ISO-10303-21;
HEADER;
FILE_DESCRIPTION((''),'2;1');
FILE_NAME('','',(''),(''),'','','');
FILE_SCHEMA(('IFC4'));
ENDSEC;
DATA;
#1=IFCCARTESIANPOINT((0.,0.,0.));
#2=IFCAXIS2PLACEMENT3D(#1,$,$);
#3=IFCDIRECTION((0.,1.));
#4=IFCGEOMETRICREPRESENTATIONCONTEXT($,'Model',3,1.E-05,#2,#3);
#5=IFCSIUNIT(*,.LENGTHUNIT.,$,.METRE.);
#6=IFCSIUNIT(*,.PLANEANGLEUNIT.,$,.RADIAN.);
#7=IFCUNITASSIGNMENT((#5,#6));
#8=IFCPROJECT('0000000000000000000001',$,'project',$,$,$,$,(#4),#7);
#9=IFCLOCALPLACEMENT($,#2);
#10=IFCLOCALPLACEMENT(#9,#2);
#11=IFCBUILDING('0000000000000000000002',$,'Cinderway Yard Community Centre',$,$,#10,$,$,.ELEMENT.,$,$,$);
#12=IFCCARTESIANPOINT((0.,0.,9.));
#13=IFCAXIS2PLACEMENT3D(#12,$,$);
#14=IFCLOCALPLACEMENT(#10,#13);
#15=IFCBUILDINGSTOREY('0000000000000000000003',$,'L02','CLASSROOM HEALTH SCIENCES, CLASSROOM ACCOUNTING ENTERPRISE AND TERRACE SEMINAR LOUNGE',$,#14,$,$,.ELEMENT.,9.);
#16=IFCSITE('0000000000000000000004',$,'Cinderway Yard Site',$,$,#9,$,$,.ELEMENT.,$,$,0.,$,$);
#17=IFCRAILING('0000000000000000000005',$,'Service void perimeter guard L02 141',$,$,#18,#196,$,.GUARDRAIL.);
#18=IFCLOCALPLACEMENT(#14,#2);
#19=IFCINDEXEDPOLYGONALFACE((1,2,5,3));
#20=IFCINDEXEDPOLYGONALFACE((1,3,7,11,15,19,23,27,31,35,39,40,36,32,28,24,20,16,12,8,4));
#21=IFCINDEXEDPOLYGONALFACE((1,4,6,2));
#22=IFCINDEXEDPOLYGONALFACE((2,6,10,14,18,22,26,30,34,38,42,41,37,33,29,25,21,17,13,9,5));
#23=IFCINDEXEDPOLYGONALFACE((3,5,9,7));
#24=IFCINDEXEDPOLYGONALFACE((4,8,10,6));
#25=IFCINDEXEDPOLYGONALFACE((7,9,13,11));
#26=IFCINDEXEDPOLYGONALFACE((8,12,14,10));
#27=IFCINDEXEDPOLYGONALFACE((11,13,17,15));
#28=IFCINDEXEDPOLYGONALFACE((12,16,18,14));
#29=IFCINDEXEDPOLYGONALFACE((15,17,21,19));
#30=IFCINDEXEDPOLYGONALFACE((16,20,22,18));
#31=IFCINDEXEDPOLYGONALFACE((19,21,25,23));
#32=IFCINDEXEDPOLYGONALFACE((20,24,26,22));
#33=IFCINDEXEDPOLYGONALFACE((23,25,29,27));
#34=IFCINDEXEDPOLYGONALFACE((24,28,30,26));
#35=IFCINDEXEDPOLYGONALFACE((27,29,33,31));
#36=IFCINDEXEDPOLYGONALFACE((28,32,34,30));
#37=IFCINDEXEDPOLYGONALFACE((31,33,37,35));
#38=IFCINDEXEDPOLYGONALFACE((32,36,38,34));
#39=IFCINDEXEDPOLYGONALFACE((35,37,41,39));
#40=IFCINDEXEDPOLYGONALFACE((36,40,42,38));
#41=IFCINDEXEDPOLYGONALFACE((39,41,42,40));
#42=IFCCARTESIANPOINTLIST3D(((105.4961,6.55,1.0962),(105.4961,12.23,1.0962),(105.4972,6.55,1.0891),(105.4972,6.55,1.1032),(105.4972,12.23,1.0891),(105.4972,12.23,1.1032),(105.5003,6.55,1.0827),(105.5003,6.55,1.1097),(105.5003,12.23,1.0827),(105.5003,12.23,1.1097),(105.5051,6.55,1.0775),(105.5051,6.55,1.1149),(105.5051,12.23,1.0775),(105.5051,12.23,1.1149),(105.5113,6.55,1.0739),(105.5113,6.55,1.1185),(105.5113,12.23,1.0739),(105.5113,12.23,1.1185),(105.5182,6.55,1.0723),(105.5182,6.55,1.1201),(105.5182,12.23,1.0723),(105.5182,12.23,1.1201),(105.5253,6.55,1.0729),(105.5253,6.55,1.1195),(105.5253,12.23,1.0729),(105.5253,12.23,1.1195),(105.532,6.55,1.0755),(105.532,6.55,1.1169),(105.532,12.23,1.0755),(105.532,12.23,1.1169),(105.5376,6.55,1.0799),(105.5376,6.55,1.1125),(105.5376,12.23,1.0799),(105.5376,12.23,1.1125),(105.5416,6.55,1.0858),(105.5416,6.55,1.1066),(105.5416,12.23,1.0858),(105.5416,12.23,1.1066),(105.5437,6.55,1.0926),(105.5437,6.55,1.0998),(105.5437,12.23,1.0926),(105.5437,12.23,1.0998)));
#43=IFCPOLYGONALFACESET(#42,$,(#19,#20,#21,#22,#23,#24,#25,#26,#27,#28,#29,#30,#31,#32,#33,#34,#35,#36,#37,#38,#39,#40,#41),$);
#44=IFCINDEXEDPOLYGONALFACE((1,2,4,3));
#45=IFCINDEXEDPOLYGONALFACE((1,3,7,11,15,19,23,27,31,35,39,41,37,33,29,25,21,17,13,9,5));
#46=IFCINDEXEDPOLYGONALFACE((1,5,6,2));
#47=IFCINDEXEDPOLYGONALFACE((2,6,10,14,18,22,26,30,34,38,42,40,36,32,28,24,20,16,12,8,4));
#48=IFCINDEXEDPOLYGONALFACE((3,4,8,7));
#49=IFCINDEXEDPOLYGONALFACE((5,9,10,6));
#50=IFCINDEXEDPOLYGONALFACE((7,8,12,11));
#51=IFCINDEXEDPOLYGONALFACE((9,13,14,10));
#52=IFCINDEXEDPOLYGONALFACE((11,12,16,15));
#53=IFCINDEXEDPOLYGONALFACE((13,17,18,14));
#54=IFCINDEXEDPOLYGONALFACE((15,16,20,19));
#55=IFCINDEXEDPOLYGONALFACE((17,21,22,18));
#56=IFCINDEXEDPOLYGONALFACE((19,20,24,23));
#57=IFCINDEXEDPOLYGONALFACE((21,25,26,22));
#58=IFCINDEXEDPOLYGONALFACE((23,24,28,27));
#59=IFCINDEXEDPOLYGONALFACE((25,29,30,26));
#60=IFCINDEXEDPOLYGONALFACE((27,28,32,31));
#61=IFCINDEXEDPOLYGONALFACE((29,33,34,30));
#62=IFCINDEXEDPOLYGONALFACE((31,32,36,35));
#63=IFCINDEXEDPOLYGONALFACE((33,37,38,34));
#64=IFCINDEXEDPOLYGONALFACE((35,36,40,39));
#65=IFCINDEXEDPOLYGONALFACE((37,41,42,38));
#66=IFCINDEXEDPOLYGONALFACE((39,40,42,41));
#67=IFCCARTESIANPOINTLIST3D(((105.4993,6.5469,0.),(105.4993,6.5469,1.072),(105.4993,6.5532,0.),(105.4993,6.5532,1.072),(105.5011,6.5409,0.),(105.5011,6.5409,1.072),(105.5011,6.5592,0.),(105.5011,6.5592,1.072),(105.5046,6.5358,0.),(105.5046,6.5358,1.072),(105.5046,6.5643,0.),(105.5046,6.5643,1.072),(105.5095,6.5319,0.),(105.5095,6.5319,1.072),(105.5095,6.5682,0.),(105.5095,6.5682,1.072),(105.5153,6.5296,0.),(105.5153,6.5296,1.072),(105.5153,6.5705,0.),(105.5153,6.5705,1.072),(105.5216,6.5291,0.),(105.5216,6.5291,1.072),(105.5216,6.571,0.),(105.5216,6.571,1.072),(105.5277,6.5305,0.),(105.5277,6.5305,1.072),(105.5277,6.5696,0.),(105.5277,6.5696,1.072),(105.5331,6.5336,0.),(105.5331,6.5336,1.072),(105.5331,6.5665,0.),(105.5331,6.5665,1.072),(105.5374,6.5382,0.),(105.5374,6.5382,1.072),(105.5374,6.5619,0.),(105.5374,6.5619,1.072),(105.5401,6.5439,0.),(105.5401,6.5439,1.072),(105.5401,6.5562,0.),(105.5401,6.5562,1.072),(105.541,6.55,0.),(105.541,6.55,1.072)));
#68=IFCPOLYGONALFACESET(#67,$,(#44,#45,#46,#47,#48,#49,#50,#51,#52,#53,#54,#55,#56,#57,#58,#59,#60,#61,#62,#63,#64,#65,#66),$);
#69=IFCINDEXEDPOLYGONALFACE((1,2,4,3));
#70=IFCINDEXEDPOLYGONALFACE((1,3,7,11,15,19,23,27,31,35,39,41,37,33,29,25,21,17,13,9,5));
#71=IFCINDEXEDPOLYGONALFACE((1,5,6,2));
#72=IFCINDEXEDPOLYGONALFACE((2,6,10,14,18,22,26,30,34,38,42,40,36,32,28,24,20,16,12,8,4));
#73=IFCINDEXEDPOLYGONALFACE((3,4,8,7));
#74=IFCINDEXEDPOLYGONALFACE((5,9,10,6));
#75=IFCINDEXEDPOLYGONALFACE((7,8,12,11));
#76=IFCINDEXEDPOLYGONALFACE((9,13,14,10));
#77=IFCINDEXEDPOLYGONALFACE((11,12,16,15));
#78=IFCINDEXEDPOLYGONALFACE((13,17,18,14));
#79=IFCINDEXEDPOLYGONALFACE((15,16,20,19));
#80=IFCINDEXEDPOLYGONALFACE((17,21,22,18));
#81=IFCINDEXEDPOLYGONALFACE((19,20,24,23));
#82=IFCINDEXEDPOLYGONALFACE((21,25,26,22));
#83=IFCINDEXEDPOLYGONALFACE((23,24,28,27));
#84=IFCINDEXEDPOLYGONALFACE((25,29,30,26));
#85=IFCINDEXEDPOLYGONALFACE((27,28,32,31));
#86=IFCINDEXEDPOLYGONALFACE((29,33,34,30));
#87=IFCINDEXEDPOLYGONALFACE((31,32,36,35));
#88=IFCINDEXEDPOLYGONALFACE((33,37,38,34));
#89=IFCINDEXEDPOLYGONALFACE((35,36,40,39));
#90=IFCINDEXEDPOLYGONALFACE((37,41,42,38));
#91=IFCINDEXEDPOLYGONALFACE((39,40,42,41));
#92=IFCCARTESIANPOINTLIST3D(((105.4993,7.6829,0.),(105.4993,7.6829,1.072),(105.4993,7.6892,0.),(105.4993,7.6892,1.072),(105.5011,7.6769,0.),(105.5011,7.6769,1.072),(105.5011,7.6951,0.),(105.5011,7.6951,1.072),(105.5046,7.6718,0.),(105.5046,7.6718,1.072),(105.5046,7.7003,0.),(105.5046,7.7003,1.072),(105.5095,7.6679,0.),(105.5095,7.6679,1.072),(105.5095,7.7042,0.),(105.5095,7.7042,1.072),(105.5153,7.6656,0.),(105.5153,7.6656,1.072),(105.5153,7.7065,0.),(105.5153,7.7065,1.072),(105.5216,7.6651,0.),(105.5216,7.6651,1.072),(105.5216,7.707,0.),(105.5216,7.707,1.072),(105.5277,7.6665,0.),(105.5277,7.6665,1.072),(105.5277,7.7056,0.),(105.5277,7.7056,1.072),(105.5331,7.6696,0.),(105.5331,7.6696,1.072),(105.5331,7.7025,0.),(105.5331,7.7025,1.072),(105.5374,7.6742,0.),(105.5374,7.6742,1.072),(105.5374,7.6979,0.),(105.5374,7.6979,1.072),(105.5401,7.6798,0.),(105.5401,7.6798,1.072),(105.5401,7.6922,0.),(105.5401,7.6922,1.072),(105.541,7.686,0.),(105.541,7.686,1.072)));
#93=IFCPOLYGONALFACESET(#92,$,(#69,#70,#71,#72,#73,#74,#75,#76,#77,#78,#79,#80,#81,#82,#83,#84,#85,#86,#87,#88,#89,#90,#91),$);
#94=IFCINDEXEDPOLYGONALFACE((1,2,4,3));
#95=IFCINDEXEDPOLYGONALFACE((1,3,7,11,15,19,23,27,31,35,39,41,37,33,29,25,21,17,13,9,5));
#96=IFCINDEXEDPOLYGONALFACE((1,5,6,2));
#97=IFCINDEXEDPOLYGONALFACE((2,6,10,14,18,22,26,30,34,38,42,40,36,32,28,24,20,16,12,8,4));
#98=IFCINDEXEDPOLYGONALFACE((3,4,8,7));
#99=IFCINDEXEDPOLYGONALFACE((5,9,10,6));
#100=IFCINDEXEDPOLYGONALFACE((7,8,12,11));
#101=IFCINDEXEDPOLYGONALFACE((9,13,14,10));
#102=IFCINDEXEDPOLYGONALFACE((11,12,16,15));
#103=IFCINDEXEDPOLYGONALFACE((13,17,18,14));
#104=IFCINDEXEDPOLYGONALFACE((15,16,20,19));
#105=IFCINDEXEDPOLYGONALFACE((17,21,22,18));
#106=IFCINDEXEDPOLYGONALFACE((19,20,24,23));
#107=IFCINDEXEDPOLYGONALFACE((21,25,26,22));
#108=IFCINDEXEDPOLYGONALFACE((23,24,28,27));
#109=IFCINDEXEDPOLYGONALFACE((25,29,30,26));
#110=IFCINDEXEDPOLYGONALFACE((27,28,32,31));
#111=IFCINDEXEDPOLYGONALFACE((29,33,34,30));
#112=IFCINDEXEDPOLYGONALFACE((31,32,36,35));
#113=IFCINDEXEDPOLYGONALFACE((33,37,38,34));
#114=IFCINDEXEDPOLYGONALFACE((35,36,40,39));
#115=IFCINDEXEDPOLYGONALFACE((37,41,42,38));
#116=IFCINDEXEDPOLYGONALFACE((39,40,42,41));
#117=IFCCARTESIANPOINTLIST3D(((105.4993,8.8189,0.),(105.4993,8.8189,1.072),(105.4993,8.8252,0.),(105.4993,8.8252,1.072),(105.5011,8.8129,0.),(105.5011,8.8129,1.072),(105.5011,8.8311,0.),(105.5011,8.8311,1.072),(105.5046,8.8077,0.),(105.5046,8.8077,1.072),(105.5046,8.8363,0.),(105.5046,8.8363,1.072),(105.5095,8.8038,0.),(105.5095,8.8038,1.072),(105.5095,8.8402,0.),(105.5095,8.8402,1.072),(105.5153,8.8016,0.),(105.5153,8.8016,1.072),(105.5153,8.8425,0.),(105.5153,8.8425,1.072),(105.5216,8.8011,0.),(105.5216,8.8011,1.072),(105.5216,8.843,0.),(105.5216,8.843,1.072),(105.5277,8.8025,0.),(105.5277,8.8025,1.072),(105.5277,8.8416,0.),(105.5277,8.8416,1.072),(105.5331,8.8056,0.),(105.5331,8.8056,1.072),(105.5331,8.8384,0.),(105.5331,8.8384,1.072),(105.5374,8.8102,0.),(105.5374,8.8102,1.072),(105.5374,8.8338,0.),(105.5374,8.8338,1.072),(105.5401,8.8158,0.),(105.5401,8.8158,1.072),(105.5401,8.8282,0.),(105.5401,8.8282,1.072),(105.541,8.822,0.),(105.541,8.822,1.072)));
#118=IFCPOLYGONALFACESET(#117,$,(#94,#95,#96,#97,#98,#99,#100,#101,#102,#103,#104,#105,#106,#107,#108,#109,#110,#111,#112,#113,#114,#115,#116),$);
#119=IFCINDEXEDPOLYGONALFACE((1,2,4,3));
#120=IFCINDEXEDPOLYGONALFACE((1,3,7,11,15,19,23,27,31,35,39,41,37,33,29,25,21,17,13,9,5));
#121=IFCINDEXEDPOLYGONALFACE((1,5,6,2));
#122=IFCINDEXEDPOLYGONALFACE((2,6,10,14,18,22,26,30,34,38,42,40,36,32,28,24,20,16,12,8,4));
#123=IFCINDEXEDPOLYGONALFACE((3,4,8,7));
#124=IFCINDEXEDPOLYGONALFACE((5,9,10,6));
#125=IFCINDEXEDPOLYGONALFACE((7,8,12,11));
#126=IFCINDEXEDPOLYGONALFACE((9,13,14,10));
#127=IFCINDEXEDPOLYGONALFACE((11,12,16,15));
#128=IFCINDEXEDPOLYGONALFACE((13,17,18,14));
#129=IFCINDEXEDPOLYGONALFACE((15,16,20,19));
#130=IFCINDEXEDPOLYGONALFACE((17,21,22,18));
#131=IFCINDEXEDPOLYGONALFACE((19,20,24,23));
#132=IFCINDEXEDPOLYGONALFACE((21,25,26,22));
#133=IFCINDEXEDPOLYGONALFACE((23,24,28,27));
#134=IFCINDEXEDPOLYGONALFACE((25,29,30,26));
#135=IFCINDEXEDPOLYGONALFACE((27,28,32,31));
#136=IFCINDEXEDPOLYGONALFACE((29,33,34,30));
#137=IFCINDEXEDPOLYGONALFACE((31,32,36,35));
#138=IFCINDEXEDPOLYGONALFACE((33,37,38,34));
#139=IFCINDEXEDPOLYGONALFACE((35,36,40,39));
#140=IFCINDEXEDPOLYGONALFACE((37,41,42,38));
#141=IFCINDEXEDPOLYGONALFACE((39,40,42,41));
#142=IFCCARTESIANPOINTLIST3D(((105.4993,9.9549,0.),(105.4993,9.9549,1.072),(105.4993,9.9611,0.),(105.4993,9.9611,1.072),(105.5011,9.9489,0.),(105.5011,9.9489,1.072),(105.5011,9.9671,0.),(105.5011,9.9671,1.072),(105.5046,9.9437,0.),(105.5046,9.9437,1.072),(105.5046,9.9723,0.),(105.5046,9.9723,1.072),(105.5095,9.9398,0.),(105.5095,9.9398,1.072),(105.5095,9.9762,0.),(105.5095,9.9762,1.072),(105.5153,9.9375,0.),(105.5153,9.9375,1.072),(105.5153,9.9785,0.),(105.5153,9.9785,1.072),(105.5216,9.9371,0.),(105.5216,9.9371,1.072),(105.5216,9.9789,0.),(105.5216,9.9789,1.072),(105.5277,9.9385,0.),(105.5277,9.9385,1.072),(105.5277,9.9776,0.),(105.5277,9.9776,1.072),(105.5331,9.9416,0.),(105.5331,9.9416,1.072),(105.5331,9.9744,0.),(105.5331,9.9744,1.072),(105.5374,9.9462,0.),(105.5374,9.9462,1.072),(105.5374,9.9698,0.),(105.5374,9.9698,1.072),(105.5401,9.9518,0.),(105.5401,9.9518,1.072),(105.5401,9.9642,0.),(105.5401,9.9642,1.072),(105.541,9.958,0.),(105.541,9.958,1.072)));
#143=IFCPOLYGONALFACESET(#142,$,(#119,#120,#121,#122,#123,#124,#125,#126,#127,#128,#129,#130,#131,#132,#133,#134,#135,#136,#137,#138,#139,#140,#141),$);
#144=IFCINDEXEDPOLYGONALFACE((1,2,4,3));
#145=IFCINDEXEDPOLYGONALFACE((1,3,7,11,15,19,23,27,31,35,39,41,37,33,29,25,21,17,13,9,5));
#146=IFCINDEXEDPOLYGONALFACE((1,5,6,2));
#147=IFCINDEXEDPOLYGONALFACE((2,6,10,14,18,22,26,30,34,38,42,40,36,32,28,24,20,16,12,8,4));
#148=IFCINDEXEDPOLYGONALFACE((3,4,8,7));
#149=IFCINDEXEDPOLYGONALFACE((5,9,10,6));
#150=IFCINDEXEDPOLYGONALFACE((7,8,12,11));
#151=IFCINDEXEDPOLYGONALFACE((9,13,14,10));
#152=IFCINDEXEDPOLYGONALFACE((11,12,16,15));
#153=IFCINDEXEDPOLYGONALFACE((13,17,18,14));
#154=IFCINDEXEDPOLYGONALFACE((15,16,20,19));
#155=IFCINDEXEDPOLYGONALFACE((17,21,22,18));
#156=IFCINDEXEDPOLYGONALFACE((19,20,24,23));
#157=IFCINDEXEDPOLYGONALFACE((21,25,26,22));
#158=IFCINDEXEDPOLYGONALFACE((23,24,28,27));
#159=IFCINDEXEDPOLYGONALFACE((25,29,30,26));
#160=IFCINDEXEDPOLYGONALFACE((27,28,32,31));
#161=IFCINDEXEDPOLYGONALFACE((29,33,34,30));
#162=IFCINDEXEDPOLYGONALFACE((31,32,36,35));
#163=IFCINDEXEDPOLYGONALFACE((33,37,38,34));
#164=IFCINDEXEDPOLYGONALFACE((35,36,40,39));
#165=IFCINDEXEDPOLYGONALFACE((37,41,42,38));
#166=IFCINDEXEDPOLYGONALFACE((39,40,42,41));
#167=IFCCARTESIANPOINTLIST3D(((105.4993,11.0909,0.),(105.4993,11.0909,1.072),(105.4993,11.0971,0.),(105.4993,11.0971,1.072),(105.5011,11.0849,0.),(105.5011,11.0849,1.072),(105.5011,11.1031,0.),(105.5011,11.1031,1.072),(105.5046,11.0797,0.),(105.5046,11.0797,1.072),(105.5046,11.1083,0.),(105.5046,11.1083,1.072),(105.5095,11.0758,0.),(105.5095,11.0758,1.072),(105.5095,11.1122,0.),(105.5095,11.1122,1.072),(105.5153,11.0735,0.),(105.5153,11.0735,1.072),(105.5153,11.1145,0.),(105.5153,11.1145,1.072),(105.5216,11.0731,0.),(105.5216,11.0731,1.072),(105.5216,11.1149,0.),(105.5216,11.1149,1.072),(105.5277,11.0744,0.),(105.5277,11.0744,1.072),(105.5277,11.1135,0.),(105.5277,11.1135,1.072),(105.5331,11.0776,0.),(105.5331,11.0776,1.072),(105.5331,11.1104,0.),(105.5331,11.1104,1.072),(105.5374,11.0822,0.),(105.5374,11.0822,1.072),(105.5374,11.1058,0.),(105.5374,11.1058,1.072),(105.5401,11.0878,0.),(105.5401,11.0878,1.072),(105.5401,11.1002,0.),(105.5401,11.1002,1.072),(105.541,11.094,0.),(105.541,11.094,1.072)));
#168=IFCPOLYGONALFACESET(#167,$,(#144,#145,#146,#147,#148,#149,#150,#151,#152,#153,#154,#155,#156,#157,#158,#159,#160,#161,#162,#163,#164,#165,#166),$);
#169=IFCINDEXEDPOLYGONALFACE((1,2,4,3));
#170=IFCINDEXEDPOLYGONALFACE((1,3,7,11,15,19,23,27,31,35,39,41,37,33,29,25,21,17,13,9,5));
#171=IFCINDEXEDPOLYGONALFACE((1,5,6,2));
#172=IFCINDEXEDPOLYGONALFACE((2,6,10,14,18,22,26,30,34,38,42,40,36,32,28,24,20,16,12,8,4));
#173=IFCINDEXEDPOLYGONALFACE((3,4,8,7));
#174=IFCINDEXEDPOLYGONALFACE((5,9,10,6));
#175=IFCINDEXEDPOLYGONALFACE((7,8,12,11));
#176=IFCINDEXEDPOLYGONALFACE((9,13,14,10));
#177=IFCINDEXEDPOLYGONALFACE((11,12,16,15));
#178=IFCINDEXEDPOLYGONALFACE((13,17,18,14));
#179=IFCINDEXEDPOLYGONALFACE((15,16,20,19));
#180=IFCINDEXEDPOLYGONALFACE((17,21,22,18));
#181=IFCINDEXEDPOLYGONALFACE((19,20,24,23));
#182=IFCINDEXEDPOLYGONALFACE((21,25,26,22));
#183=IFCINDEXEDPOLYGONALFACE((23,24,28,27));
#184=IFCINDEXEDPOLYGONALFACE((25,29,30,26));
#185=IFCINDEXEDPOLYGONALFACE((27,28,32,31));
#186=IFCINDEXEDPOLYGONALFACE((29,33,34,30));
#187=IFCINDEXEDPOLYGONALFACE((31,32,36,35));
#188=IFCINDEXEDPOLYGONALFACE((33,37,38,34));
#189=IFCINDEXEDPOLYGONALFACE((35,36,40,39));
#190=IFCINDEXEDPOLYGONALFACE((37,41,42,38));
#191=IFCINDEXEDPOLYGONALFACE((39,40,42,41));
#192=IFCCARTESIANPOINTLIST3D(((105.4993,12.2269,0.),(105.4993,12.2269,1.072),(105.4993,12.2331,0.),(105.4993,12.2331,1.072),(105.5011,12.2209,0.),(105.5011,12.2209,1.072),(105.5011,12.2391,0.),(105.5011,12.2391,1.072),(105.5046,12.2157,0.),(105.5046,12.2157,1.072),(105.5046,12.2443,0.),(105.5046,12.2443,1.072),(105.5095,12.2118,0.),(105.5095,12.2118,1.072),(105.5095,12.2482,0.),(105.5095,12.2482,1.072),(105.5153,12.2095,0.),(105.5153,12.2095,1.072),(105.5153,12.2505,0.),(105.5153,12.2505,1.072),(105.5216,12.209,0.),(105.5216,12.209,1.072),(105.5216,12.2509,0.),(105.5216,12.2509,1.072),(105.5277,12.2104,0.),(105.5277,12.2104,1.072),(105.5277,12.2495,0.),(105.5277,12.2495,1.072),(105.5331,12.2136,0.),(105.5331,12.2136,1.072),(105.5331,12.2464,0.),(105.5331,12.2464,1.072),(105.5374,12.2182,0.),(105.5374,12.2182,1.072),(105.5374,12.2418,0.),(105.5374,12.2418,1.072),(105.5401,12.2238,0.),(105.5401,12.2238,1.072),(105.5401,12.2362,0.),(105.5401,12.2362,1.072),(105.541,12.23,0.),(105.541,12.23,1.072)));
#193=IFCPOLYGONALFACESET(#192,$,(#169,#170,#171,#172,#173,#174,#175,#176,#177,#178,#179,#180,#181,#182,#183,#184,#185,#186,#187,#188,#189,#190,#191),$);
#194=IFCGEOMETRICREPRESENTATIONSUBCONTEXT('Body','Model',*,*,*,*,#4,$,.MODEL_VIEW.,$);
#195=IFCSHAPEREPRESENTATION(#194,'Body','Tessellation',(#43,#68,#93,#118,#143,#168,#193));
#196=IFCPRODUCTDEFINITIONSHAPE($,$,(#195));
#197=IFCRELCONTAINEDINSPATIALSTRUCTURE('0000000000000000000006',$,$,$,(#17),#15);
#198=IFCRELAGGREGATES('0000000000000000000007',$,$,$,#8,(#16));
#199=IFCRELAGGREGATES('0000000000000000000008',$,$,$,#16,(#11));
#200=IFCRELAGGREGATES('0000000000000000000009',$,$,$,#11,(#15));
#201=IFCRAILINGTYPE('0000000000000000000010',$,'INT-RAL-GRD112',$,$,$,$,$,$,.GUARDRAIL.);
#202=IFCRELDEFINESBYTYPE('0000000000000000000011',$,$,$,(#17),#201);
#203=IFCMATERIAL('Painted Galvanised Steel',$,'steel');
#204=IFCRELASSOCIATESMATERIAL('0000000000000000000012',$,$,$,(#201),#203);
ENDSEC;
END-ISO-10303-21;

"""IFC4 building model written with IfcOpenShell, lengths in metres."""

from ifc_helpers import new_model, si_unit, direction, frame, origin, origin_2d, place, context, subcontext, project, spatial, circle, extrude, material, type_object, element, save


model = new_model("IFC4")

# Units and contexts
model_context = context("Model", 3, precision=1e-05, world=origin(), true_north=direction((0.0, 1.0)))
body_context = subcontext(model_context, "Body", "Model", "MODEL_VIEW")
ifc_project = project(units=[si_unit("LENGTHUNIT", "METRE"), si_unit("PLANEANGLEUNIT", "RADIAN")], contexts=[model_context])

# Site, building, storey
site_placement = place(None, origin())
site = spatial("IfcSite", under=ifc_project, at=site_placement, Name="Cinderway Yard Site", CompositionType="ELEMENT", RefElevation=0.0)
building_placement = place(site_placement, origin())
building = spatial("IfcBuilding", under=site, at=building_placement, Name="Cinderway Yard Community Centre", CompositionType="ELEMENT")
storey_placement = place(building_placement, frame((0.0, 0.0, 9.0)))
storey = spatial("IfcBuildingStorey", under=building, at=storey_placement, Name="L02", Description="CLASSROOM HEALTH SCIENCES, CLASSROOM ACCOUNTING ENTERPRISE AND TERRACE SEMINAR LOUNGE", CompositionType="ELEMENT", Elevation=9.0)

# Shared definitions
ifc_material_1 = material(Name="Painted Galvanised Steel", Category="steel")

# Railing
railing_type = type_object("IfcRailingType", Name="INT-RAL-GRD112", PredefinedType="GUARDRAIL", material=ifc_material_1)
railing_1_placement = place(storey_placement, frame((105.52, 6.55, 0.0)))
element("IfcRailing", 1, at=railing_1_placement, inside=storey, type_object=railing_type, Name="Service void perimeter guard L02 141", PredefinedType="GUARDRAIL", context=body_context, shape_type="SweptSolid", body=[
    extrude(circle(Radius=0.0239, at=origin_2d()), frame((0.0, 0.0, 1.0962), z_axis=(0.0, 1.0, 0.0), x_axis=(-1.0, 0.0, 0.0)), (0.0, 0.0, 1.0), 5.6799),
    extrude(circle(Radius=0.021, at=origin_2d()), origin(), (0.0, 0.0, 1.0), 1.072),
    extrude(circle(Radius=0.021, at=origin_2d()), frame((0.0, 1.136, 0.0)), (0.0, 0.0, 1.0), 1.072),
    extrude(circle(Radius=0.021, at=origin_2d()), frame((0.0, 2.272, 0.0)), (0.0, 0.0, 1.0), 1.072),
    extrude(circle(Radius=0.021, at=origin_2d()), frame((0.0, 3.408, 0.0)), (0.0, 0.0, 1.0), 1.072),
    extrude(circle(Radius=0.021, at=origin_2d()), frame((0.0, 4.5439, 0.0)), (0.0, 0.0, 1.0), 1.072),
    extrude(circle(Radius=0.021, at=origin_2d()), frame((0.0, 5.6799, 0.0)), (0.0, 0.0, 1.0), 1.072),
])

save(model, "model.ifc")
